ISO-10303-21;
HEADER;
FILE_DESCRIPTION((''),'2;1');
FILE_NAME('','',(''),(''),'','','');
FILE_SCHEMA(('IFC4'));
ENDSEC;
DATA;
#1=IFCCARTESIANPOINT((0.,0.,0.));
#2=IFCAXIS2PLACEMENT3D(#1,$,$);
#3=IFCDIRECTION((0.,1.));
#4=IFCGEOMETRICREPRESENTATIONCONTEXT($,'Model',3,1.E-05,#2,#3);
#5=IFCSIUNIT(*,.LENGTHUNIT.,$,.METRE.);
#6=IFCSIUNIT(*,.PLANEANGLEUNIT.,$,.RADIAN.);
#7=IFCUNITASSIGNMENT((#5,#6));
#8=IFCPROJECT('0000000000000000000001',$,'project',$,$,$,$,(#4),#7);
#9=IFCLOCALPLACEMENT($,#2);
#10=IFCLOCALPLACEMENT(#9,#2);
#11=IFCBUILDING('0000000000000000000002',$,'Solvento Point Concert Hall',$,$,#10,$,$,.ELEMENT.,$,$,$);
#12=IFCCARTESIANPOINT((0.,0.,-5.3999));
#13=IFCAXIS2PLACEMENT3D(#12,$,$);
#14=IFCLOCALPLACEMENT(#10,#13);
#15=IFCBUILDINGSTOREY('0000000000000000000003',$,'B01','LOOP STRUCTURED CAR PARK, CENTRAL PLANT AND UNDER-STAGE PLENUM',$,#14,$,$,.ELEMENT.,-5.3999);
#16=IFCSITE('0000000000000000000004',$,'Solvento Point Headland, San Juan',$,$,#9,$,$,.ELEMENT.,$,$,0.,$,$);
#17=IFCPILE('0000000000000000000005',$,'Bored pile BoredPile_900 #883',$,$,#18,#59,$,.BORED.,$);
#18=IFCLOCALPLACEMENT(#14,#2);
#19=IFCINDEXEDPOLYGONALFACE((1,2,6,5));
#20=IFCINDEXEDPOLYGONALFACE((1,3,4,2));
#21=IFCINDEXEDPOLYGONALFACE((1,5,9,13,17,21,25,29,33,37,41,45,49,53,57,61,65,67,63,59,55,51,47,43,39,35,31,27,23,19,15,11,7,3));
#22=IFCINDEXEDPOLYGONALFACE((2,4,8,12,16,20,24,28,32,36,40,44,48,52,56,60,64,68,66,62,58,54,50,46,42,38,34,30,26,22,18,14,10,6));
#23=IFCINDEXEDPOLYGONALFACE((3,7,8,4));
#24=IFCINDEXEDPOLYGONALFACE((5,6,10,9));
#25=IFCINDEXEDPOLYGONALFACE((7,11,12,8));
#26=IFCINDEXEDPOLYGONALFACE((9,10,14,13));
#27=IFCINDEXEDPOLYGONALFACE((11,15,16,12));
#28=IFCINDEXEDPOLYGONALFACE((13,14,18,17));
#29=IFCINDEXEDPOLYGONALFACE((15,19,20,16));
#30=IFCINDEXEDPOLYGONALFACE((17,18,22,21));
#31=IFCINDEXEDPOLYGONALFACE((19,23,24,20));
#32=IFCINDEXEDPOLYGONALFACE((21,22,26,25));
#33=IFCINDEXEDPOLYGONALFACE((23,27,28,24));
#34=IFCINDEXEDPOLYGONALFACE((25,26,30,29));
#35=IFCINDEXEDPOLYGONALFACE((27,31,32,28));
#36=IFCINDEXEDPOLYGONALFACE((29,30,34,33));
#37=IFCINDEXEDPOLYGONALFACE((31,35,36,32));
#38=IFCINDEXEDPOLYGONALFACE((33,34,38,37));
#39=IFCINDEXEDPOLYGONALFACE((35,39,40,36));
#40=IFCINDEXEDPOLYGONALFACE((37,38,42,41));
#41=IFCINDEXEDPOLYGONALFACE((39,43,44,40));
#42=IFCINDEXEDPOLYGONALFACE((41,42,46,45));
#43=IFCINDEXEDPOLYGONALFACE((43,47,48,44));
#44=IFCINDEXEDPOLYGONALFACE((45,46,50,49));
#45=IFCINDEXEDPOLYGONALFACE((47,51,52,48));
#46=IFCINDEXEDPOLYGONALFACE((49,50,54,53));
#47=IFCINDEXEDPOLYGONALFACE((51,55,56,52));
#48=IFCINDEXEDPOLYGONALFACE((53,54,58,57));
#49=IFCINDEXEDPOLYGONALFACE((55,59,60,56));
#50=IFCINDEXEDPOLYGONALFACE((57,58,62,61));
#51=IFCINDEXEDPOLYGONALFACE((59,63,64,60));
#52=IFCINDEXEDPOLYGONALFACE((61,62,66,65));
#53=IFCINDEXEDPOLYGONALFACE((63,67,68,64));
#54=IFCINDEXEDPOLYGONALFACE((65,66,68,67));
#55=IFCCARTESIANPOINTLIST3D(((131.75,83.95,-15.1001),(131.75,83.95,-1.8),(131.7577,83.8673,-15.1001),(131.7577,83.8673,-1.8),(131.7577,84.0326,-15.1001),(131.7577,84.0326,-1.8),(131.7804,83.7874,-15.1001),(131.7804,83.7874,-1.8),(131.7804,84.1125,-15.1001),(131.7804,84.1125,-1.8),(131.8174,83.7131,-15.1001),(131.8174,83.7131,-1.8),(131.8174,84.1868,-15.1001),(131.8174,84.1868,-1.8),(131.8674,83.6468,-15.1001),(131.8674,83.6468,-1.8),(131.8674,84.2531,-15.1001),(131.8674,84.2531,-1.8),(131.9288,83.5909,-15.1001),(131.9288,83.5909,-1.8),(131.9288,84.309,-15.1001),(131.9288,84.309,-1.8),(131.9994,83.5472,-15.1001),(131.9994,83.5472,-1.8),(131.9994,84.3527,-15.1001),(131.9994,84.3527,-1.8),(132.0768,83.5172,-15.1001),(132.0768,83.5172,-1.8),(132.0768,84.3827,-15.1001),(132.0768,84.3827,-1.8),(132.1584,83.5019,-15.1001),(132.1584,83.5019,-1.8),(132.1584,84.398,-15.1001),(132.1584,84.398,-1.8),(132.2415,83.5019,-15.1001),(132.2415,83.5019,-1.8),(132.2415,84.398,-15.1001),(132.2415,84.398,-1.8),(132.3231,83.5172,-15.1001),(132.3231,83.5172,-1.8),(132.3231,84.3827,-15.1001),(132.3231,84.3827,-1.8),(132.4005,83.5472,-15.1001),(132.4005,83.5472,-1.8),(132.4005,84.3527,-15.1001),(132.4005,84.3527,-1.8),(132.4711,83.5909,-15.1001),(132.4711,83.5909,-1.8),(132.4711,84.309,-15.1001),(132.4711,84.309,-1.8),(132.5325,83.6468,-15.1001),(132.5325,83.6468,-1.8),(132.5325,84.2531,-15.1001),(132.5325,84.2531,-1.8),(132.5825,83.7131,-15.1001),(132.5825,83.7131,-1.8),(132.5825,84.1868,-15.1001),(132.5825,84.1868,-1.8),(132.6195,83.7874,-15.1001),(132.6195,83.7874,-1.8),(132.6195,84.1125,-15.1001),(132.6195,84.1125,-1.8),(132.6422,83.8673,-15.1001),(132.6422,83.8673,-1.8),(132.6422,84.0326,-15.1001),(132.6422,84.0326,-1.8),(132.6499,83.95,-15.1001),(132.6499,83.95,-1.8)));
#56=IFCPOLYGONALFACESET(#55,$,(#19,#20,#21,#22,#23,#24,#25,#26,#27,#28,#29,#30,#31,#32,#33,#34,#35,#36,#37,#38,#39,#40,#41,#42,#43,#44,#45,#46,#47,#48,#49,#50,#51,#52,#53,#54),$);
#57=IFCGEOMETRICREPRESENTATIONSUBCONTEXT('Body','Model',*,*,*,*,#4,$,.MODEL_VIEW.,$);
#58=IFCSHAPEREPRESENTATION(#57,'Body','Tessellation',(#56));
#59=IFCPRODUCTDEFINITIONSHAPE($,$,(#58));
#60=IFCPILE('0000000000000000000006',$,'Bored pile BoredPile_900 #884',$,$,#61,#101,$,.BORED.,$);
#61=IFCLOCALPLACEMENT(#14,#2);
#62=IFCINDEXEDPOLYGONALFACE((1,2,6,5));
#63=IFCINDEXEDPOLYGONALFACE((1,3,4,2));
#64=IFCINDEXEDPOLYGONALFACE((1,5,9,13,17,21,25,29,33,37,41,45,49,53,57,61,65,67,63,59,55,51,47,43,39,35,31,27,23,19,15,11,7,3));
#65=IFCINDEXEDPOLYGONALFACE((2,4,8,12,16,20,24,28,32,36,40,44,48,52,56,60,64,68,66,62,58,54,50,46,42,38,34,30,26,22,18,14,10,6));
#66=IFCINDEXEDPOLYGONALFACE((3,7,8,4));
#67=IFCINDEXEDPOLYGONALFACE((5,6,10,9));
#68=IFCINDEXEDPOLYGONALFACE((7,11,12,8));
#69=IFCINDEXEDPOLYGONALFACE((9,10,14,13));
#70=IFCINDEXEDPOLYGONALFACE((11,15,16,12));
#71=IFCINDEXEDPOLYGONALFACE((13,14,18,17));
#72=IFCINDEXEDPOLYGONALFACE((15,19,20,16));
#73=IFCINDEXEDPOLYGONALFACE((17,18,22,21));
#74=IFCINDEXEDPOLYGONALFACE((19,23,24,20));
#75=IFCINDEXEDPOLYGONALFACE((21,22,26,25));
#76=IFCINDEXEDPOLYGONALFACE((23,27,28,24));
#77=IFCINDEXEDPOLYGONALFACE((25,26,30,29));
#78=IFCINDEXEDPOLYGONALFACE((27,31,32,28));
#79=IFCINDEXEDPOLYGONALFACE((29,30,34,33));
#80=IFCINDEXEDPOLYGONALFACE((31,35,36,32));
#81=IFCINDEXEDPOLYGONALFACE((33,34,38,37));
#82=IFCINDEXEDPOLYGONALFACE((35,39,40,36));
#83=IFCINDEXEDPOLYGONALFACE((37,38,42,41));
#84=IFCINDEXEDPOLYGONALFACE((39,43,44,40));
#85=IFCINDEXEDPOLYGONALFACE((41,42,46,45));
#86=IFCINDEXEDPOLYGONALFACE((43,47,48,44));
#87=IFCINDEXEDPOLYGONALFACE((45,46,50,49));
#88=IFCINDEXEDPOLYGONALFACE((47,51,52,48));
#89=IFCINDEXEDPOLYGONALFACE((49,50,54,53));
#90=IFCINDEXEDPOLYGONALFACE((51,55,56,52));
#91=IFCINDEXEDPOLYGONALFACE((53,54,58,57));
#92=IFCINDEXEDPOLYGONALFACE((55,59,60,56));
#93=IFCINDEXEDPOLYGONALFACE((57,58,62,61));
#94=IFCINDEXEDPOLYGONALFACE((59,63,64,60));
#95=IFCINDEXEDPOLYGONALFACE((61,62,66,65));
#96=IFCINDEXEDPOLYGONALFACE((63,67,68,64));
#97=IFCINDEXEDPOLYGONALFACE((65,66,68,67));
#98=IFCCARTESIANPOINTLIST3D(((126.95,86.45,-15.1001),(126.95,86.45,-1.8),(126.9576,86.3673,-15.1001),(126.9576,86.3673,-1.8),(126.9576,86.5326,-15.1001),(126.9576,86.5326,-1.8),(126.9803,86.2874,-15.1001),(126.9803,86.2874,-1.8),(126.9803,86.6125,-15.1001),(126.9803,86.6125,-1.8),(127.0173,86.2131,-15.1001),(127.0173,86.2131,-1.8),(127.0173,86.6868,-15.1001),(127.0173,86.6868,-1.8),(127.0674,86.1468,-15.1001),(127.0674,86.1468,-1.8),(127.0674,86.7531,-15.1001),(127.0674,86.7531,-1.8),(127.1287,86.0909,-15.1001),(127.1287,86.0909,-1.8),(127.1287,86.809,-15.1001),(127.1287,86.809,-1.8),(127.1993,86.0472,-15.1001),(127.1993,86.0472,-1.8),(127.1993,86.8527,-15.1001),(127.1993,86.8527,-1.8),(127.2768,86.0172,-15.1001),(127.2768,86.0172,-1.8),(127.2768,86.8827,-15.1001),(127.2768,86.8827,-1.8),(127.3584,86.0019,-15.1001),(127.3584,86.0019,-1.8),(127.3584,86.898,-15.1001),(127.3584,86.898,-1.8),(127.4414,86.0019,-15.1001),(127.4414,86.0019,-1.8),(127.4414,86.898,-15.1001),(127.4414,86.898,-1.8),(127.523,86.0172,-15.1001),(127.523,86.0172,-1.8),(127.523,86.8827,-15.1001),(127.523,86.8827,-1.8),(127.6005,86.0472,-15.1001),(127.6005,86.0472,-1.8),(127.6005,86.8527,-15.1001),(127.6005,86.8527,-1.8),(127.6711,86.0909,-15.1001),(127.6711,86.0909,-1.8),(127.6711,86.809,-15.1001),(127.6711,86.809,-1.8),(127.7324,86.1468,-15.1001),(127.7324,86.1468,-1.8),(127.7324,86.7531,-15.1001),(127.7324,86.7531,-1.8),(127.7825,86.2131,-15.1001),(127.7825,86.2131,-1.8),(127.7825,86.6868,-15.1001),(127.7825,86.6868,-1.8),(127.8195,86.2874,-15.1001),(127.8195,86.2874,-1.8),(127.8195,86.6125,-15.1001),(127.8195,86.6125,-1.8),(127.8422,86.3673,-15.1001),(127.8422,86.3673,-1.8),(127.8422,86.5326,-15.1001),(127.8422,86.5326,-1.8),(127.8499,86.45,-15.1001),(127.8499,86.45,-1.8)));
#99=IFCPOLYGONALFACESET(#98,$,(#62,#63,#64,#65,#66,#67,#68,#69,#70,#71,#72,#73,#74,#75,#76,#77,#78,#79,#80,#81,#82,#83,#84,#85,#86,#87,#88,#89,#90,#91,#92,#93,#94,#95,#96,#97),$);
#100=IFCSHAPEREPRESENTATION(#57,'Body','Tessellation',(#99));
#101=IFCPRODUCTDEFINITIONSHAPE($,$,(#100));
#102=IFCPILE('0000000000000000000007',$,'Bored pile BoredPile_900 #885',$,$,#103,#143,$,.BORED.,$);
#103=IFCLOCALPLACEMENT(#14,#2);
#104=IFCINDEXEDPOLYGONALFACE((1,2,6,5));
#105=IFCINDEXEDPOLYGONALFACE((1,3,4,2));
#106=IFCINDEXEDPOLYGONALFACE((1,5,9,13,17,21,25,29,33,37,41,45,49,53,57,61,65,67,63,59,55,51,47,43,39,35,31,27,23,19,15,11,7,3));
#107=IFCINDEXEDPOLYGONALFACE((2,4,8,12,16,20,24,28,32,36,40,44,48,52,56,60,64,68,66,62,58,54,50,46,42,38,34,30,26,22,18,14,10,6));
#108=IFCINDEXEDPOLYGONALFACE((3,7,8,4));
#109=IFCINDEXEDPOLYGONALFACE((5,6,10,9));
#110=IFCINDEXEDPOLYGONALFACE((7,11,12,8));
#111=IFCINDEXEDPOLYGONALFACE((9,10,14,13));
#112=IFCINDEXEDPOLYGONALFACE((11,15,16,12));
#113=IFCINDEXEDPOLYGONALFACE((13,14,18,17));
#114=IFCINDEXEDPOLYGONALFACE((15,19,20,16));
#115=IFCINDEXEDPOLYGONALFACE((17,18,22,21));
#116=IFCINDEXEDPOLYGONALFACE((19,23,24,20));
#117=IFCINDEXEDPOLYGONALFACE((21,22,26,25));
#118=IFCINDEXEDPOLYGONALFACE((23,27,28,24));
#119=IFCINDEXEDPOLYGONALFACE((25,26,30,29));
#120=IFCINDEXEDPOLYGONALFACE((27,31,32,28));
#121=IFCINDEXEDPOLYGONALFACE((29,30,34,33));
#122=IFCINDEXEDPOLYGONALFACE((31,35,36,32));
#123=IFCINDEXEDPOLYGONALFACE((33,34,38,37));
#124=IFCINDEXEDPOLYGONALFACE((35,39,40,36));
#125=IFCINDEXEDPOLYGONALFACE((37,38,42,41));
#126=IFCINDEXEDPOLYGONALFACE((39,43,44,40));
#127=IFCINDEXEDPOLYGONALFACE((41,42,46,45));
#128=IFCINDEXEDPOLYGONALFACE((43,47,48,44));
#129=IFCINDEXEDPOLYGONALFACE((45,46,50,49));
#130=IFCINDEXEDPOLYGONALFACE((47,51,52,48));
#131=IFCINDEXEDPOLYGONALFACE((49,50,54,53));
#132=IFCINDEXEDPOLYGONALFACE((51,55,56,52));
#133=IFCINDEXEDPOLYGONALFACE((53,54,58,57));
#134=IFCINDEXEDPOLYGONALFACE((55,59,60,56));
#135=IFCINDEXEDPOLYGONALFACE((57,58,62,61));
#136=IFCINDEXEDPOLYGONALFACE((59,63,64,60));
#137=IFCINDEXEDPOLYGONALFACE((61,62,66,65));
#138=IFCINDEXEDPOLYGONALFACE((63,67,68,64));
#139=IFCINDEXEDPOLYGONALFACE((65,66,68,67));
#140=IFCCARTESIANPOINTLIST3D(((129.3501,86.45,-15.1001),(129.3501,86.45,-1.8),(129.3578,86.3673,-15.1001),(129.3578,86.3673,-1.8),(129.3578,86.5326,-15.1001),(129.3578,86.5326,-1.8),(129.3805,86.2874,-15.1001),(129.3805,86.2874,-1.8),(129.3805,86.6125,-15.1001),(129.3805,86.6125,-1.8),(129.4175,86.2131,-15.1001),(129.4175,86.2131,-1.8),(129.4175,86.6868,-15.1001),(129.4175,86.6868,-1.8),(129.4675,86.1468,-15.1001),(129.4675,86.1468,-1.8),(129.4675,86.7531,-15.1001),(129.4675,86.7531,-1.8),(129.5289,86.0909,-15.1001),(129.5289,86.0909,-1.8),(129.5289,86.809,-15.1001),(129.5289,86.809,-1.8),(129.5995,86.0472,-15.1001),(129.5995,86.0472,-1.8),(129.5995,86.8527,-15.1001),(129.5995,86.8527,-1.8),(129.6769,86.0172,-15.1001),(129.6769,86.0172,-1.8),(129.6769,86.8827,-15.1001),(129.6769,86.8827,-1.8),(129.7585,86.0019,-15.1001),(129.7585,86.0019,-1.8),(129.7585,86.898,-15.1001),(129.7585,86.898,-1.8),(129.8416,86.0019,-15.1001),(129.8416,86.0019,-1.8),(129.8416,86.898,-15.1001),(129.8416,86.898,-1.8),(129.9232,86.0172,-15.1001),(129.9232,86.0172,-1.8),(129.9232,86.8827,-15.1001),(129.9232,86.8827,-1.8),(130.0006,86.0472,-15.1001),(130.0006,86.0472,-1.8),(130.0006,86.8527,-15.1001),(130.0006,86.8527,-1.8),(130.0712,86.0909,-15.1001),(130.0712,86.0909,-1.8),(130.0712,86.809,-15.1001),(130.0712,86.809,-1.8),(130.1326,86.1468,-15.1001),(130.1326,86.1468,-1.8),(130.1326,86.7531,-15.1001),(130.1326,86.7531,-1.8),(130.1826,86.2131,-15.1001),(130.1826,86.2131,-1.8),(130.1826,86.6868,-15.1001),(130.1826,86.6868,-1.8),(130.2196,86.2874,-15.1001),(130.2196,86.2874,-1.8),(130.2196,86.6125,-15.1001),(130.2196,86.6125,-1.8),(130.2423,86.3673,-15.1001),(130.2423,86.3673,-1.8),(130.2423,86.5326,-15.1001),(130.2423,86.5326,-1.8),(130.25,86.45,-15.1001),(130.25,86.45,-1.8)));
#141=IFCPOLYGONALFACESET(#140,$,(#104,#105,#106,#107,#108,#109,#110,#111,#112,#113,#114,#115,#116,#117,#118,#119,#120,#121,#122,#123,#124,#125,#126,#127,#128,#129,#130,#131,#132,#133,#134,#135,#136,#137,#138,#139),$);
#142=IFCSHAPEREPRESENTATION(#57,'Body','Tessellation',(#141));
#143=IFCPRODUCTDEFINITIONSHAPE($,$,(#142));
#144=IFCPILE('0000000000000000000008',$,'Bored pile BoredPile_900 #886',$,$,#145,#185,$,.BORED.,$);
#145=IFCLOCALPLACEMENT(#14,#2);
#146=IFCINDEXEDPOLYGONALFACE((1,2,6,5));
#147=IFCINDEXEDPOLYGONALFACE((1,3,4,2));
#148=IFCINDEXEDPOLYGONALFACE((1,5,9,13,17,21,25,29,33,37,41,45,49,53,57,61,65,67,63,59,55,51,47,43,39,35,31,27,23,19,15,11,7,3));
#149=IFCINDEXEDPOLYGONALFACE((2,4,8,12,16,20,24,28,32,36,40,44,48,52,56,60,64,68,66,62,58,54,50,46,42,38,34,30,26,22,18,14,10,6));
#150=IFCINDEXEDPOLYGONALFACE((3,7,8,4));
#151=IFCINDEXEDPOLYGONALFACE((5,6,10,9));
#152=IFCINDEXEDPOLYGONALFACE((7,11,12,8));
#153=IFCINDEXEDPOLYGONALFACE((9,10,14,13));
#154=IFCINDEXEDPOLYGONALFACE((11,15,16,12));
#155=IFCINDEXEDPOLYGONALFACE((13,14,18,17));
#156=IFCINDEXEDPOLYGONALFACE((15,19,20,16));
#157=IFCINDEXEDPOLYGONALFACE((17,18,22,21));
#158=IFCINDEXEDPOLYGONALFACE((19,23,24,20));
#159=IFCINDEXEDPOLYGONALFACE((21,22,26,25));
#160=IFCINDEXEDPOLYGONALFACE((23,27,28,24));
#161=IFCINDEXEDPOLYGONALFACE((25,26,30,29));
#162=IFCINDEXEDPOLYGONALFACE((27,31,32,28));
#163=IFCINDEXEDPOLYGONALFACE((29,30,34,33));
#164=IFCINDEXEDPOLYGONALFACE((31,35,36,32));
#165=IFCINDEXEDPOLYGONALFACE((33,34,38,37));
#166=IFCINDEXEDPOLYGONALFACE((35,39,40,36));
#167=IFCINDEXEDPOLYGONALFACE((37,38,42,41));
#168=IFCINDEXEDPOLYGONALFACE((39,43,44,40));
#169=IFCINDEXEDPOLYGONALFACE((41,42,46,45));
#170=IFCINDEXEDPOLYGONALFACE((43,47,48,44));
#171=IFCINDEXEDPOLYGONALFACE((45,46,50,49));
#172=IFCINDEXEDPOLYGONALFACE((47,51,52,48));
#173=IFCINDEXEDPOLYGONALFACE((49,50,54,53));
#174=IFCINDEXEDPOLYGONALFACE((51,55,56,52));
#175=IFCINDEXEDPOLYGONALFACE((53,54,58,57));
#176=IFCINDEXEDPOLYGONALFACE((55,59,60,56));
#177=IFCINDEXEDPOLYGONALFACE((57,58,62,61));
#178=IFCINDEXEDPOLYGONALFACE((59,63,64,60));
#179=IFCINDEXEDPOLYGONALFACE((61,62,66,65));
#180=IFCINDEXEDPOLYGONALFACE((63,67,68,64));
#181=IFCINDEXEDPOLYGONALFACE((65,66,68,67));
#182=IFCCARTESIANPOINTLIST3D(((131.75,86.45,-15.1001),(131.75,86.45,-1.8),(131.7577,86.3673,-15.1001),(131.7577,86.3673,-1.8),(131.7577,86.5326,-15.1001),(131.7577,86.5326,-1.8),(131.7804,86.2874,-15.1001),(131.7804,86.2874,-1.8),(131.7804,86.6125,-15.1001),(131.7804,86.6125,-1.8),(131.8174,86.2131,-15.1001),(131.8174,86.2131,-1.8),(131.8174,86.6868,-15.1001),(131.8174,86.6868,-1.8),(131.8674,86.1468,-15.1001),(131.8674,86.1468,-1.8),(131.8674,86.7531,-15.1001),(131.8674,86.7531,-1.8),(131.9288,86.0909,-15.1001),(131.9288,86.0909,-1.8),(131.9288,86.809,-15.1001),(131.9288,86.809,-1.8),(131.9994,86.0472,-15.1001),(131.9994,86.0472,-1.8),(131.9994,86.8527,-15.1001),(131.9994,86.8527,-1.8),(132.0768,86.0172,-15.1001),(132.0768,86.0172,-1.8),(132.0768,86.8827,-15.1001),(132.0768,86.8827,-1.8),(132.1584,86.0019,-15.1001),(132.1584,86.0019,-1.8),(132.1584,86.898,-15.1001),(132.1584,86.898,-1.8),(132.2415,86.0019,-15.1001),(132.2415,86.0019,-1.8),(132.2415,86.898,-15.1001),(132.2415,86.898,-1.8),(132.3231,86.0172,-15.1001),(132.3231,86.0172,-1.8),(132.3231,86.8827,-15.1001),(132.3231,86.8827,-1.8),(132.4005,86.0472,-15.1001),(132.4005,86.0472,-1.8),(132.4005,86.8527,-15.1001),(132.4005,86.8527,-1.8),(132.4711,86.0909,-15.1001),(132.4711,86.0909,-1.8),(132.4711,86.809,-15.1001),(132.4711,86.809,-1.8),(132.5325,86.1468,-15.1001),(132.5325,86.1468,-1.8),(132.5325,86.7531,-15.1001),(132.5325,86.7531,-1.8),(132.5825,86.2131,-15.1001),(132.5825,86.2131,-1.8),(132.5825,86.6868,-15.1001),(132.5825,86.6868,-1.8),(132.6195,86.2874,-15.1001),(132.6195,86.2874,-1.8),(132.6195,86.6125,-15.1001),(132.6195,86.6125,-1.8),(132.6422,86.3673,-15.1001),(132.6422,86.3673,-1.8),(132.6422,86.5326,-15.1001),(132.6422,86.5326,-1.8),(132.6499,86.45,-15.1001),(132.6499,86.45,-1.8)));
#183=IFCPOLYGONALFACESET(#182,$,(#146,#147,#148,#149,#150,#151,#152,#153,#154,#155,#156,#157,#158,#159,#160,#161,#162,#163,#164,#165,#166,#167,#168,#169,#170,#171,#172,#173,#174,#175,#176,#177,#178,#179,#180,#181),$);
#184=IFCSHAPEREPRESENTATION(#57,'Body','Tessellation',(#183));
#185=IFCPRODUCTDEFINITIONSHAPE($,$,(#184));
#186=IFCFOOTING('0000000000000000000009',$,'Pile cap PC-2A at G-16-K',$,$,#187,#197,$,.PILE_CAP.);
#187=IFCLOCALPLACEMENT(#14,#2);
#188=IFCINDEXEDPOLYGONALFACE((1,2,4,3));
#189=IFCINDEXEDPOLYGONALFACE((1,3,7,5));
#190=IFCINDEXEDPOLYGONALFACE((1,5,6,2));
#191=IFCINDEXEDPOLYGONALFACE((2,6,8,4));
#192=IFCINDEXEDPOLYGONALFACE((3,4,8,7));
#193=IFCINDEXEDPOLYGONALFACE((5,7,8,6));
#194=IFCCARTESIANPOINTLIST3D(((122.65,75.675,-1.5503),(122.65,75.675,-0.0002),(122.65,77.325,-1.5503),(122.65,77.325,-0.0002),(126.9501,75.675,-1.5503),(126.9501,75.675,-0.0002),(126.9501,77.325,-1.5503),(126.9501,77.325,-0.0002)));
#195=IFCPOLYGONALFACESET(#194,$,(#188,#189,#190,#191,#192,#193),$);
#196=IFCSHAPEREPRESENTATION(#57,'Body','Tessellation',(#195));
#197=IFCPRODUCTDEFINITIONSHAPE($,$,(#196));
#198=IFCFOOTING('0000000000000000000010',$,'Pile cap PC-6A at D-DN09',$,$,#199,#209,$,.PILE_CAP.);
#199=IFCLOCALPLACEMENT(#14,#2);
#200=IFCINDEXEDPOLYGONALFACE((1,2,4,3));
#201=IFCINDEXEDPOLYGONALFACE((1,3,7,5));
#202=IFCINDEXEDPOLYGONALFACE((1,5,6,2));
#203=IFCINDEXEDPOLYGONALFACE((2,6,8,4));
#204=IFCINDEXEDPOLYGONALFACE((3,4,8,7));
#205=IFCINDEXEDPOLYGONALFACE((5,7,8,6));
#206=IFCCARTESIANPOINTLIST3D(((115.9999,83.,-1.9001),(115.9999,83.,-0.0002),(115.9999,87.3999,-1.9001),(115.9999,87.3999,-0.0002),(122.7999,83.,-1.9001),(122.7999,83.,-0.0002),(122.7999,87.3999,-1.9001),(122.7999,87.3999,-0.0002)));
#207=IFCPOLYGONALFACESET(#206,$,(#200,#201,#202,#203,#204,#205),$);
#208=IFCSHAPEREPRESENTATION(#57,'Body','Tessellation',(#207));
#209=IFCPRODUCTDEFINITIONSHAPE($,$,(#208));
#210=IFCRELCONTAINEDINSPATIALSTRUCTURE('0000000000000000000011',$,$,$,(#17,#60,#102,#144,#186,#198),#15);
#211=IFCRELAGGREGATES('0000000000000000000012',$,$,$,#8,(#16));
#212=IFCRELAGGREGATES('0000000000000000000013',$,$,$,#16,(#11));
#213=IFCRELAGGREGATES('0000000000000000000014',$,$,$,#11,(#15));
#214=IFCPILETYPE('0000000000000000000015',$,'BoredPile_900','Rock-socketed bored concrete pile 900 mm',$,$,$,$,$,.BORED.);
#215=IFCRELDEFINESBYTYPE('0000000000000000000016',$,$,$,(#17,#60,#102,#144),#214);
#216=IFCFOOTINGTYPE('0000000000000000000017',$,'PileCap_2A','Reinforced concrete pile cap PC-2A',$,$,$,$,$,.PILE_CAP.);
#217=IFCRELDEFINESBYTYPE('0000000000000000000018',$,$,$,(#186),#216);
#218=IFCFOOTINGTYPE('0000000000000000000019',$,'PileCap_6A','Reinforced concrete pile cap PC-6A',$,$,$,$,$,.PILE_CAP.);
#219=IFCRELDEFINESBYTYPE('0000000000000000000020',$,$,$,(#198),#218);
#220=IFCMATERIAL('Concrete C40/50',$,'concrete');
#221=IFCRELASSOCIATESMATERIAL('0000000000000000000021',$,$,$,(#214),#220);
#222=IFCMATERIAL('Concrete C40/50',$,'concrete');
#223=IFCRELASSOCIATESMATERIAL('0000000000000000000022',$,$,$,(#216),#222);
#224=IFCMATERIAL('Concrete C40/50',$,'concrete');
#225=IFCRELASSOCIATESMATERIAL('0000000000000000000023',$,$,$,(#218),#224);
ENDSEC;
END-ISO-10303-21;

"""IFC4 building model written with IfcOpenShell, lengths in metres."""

from ifc_helpers import new_model, si_unit, direction, frame, origin, origin_2d, place, context, subcontext, project, spatial, rectangle, circle, extrude, material, material_profile, profile_set, type_object, element, save


model = new_model("IFC4")

# Units and contexts
model_context = context("Model", 3, precision=1e-05, world=origin(), true_north=direction((0.0, 1.0)))
body_context = subcontext(model_context, "Body", "Model", "MODEL_VIEW")
ifc_project = project(units=[si_unit("LENGTHUNIT", "METRE"), si_unit("PLANEANGLEUNIT", "RADIAN")], contexts=[model_context])

# Site, building, storey
site_placement = place(None, origin())
site = spatial("IfcSite", under=ifc_project, at=site_placement, Name="Solvento Point Headland, San Juan", CompositionType="ELEMENT", RefElevation=0.0)
building_placement = place(site_placement, origin())
building = spatial("IfcBuilding", under=site, at=building_placement, Name="Solvento Point Concert Hall", CompositionType="ELEMENT")
storey_placement = place(building_placement, frame((0.0, 0.0, -5.3999)))
storey = spatial("IfcBuildingStorey", under=building, at=storey_placement, Name="B01", Description="LOOP STRUCTURED CAR PARK, CENTRAL PLANT AND UNDER-STAGE PLENUM", CompositionType="ELEMENT", Elevation=-5.3999)

# Piles
ifc_material_1 = material(Name="Concrete C40/50", Category="concrete")
ifc_material_profile_1 = material_profile(ifc_material_1, circle(Radius=0.45, at=origin_2d()), Name="BP-900")
ifc_profile_set_1 = profile_set([ifc_material_profile_1], Name="Concrete C40/50")
pile_type_1 = type_object("IfcPileType", Name="BoredPile_900", Description="Rock-socketed bored concrete pile 900 mm", PredefinedType="BORED", material=ifc_profile_set_1)
for number, where, z_axis, x_axis, name in (
    (1, (132.2, 83.95, -1.8), (0.0, 0.0, -1.0), (1.0, 0.0, 0.0), "Bored pile BoredPile_900 #883"),
    (2, (127.3999, 86.45, -1.8), (0.0, 0.0, -1.0), (1.0, 0.0, 0.0), "Bored pile BoredPile_900 #884"),
    (3, (129.8, 86.45, -1.8), (0.0, 0.0, -1.0), (1.0, 0.0, 0.0), "Bored pile BoredPile_900 #885"),
    (4, (132.2, 86.45, -1.8), (0.0, 0.0, -1.0), (1.0, 0.0, 0.0), "Bored pile BoredPile_900 #886"),
):
    element("IfcPile", number, at=place(storey_placement, frame(where, z_axis=z_axis, x_axis=x_axis)), inside=storey, type_object=pile_type_1, Name=name, PredefinedType="BORED", context=body_context, shape_type="SweptSolid", body=[
        extrude(circle(Radius=0.45, at=origin_2d()), origin(), (0.0, 0.0, 1.0), 13.3),
    ])

# Footings
ifc_material_2 = material(Name="Concrete C40/50", Category="concrete")
footing_type_1 = type_object("IfcFootingType", Name="PileCap_2A", Description="Reinforced concrete pile cap PC-2A", PredefinedType="PILE_CAP", material=ifc_material_2)
footing_1_placement = place(storey_placement, frame((124.8, 76.5, -1.5503), z_axis=(0.0, 0.0, 1.0), x_axis=(1.0, 0.0, 0.0)))
element("IfcFooting", 5, at=footing_1_placement, inside=storey, type_object=footing_type_1, Name="Pile cap PC-2A at G-16-K", PredefinedType="PILE_CAP", context=body_context, shape_type="SweptSolid", body=[
    extrude(rectangle(XDim=4.3, YDim=1.6499, at=origin_2d()), origin(), (0.0, 0.0, 1.0), 1.55),
])
ifc_material_3 = material(Name="Concrete C40/50", Category="concrete")
footing_type_2 = type_object("IfcFootingType", Name="PileCap_6A", Description="Reinforced concrete pile cap PC-6A", PredefinedType="PILE_CAP", material=ifc_material_3)
for number, where, z_axis, x_axis, name in (
    (6, (119.3999, 85.2, -1.9001), (0.0, 0.0, 1.0), (1.0, 0.0, 0.0), "Pile cap PC-6A at D-DN09"),
):
    element("IfcFooting", number, at=place(storey_placement, frame(where, z_axis=z_axis, x_axis=x_axis)), inside=storey, type_object=footing_type_2, Name=name, PredefinedType="PILE_CAP", context=body_context, shape_type="SweptSolid", body=[
        extrude(rectangle(XDim=6.8, YDim=4.3999, at=origin_2d()), origin(), (0.0, 0.0, 1.0), 1.8999),
    ])

save(model, "model.ifc")
